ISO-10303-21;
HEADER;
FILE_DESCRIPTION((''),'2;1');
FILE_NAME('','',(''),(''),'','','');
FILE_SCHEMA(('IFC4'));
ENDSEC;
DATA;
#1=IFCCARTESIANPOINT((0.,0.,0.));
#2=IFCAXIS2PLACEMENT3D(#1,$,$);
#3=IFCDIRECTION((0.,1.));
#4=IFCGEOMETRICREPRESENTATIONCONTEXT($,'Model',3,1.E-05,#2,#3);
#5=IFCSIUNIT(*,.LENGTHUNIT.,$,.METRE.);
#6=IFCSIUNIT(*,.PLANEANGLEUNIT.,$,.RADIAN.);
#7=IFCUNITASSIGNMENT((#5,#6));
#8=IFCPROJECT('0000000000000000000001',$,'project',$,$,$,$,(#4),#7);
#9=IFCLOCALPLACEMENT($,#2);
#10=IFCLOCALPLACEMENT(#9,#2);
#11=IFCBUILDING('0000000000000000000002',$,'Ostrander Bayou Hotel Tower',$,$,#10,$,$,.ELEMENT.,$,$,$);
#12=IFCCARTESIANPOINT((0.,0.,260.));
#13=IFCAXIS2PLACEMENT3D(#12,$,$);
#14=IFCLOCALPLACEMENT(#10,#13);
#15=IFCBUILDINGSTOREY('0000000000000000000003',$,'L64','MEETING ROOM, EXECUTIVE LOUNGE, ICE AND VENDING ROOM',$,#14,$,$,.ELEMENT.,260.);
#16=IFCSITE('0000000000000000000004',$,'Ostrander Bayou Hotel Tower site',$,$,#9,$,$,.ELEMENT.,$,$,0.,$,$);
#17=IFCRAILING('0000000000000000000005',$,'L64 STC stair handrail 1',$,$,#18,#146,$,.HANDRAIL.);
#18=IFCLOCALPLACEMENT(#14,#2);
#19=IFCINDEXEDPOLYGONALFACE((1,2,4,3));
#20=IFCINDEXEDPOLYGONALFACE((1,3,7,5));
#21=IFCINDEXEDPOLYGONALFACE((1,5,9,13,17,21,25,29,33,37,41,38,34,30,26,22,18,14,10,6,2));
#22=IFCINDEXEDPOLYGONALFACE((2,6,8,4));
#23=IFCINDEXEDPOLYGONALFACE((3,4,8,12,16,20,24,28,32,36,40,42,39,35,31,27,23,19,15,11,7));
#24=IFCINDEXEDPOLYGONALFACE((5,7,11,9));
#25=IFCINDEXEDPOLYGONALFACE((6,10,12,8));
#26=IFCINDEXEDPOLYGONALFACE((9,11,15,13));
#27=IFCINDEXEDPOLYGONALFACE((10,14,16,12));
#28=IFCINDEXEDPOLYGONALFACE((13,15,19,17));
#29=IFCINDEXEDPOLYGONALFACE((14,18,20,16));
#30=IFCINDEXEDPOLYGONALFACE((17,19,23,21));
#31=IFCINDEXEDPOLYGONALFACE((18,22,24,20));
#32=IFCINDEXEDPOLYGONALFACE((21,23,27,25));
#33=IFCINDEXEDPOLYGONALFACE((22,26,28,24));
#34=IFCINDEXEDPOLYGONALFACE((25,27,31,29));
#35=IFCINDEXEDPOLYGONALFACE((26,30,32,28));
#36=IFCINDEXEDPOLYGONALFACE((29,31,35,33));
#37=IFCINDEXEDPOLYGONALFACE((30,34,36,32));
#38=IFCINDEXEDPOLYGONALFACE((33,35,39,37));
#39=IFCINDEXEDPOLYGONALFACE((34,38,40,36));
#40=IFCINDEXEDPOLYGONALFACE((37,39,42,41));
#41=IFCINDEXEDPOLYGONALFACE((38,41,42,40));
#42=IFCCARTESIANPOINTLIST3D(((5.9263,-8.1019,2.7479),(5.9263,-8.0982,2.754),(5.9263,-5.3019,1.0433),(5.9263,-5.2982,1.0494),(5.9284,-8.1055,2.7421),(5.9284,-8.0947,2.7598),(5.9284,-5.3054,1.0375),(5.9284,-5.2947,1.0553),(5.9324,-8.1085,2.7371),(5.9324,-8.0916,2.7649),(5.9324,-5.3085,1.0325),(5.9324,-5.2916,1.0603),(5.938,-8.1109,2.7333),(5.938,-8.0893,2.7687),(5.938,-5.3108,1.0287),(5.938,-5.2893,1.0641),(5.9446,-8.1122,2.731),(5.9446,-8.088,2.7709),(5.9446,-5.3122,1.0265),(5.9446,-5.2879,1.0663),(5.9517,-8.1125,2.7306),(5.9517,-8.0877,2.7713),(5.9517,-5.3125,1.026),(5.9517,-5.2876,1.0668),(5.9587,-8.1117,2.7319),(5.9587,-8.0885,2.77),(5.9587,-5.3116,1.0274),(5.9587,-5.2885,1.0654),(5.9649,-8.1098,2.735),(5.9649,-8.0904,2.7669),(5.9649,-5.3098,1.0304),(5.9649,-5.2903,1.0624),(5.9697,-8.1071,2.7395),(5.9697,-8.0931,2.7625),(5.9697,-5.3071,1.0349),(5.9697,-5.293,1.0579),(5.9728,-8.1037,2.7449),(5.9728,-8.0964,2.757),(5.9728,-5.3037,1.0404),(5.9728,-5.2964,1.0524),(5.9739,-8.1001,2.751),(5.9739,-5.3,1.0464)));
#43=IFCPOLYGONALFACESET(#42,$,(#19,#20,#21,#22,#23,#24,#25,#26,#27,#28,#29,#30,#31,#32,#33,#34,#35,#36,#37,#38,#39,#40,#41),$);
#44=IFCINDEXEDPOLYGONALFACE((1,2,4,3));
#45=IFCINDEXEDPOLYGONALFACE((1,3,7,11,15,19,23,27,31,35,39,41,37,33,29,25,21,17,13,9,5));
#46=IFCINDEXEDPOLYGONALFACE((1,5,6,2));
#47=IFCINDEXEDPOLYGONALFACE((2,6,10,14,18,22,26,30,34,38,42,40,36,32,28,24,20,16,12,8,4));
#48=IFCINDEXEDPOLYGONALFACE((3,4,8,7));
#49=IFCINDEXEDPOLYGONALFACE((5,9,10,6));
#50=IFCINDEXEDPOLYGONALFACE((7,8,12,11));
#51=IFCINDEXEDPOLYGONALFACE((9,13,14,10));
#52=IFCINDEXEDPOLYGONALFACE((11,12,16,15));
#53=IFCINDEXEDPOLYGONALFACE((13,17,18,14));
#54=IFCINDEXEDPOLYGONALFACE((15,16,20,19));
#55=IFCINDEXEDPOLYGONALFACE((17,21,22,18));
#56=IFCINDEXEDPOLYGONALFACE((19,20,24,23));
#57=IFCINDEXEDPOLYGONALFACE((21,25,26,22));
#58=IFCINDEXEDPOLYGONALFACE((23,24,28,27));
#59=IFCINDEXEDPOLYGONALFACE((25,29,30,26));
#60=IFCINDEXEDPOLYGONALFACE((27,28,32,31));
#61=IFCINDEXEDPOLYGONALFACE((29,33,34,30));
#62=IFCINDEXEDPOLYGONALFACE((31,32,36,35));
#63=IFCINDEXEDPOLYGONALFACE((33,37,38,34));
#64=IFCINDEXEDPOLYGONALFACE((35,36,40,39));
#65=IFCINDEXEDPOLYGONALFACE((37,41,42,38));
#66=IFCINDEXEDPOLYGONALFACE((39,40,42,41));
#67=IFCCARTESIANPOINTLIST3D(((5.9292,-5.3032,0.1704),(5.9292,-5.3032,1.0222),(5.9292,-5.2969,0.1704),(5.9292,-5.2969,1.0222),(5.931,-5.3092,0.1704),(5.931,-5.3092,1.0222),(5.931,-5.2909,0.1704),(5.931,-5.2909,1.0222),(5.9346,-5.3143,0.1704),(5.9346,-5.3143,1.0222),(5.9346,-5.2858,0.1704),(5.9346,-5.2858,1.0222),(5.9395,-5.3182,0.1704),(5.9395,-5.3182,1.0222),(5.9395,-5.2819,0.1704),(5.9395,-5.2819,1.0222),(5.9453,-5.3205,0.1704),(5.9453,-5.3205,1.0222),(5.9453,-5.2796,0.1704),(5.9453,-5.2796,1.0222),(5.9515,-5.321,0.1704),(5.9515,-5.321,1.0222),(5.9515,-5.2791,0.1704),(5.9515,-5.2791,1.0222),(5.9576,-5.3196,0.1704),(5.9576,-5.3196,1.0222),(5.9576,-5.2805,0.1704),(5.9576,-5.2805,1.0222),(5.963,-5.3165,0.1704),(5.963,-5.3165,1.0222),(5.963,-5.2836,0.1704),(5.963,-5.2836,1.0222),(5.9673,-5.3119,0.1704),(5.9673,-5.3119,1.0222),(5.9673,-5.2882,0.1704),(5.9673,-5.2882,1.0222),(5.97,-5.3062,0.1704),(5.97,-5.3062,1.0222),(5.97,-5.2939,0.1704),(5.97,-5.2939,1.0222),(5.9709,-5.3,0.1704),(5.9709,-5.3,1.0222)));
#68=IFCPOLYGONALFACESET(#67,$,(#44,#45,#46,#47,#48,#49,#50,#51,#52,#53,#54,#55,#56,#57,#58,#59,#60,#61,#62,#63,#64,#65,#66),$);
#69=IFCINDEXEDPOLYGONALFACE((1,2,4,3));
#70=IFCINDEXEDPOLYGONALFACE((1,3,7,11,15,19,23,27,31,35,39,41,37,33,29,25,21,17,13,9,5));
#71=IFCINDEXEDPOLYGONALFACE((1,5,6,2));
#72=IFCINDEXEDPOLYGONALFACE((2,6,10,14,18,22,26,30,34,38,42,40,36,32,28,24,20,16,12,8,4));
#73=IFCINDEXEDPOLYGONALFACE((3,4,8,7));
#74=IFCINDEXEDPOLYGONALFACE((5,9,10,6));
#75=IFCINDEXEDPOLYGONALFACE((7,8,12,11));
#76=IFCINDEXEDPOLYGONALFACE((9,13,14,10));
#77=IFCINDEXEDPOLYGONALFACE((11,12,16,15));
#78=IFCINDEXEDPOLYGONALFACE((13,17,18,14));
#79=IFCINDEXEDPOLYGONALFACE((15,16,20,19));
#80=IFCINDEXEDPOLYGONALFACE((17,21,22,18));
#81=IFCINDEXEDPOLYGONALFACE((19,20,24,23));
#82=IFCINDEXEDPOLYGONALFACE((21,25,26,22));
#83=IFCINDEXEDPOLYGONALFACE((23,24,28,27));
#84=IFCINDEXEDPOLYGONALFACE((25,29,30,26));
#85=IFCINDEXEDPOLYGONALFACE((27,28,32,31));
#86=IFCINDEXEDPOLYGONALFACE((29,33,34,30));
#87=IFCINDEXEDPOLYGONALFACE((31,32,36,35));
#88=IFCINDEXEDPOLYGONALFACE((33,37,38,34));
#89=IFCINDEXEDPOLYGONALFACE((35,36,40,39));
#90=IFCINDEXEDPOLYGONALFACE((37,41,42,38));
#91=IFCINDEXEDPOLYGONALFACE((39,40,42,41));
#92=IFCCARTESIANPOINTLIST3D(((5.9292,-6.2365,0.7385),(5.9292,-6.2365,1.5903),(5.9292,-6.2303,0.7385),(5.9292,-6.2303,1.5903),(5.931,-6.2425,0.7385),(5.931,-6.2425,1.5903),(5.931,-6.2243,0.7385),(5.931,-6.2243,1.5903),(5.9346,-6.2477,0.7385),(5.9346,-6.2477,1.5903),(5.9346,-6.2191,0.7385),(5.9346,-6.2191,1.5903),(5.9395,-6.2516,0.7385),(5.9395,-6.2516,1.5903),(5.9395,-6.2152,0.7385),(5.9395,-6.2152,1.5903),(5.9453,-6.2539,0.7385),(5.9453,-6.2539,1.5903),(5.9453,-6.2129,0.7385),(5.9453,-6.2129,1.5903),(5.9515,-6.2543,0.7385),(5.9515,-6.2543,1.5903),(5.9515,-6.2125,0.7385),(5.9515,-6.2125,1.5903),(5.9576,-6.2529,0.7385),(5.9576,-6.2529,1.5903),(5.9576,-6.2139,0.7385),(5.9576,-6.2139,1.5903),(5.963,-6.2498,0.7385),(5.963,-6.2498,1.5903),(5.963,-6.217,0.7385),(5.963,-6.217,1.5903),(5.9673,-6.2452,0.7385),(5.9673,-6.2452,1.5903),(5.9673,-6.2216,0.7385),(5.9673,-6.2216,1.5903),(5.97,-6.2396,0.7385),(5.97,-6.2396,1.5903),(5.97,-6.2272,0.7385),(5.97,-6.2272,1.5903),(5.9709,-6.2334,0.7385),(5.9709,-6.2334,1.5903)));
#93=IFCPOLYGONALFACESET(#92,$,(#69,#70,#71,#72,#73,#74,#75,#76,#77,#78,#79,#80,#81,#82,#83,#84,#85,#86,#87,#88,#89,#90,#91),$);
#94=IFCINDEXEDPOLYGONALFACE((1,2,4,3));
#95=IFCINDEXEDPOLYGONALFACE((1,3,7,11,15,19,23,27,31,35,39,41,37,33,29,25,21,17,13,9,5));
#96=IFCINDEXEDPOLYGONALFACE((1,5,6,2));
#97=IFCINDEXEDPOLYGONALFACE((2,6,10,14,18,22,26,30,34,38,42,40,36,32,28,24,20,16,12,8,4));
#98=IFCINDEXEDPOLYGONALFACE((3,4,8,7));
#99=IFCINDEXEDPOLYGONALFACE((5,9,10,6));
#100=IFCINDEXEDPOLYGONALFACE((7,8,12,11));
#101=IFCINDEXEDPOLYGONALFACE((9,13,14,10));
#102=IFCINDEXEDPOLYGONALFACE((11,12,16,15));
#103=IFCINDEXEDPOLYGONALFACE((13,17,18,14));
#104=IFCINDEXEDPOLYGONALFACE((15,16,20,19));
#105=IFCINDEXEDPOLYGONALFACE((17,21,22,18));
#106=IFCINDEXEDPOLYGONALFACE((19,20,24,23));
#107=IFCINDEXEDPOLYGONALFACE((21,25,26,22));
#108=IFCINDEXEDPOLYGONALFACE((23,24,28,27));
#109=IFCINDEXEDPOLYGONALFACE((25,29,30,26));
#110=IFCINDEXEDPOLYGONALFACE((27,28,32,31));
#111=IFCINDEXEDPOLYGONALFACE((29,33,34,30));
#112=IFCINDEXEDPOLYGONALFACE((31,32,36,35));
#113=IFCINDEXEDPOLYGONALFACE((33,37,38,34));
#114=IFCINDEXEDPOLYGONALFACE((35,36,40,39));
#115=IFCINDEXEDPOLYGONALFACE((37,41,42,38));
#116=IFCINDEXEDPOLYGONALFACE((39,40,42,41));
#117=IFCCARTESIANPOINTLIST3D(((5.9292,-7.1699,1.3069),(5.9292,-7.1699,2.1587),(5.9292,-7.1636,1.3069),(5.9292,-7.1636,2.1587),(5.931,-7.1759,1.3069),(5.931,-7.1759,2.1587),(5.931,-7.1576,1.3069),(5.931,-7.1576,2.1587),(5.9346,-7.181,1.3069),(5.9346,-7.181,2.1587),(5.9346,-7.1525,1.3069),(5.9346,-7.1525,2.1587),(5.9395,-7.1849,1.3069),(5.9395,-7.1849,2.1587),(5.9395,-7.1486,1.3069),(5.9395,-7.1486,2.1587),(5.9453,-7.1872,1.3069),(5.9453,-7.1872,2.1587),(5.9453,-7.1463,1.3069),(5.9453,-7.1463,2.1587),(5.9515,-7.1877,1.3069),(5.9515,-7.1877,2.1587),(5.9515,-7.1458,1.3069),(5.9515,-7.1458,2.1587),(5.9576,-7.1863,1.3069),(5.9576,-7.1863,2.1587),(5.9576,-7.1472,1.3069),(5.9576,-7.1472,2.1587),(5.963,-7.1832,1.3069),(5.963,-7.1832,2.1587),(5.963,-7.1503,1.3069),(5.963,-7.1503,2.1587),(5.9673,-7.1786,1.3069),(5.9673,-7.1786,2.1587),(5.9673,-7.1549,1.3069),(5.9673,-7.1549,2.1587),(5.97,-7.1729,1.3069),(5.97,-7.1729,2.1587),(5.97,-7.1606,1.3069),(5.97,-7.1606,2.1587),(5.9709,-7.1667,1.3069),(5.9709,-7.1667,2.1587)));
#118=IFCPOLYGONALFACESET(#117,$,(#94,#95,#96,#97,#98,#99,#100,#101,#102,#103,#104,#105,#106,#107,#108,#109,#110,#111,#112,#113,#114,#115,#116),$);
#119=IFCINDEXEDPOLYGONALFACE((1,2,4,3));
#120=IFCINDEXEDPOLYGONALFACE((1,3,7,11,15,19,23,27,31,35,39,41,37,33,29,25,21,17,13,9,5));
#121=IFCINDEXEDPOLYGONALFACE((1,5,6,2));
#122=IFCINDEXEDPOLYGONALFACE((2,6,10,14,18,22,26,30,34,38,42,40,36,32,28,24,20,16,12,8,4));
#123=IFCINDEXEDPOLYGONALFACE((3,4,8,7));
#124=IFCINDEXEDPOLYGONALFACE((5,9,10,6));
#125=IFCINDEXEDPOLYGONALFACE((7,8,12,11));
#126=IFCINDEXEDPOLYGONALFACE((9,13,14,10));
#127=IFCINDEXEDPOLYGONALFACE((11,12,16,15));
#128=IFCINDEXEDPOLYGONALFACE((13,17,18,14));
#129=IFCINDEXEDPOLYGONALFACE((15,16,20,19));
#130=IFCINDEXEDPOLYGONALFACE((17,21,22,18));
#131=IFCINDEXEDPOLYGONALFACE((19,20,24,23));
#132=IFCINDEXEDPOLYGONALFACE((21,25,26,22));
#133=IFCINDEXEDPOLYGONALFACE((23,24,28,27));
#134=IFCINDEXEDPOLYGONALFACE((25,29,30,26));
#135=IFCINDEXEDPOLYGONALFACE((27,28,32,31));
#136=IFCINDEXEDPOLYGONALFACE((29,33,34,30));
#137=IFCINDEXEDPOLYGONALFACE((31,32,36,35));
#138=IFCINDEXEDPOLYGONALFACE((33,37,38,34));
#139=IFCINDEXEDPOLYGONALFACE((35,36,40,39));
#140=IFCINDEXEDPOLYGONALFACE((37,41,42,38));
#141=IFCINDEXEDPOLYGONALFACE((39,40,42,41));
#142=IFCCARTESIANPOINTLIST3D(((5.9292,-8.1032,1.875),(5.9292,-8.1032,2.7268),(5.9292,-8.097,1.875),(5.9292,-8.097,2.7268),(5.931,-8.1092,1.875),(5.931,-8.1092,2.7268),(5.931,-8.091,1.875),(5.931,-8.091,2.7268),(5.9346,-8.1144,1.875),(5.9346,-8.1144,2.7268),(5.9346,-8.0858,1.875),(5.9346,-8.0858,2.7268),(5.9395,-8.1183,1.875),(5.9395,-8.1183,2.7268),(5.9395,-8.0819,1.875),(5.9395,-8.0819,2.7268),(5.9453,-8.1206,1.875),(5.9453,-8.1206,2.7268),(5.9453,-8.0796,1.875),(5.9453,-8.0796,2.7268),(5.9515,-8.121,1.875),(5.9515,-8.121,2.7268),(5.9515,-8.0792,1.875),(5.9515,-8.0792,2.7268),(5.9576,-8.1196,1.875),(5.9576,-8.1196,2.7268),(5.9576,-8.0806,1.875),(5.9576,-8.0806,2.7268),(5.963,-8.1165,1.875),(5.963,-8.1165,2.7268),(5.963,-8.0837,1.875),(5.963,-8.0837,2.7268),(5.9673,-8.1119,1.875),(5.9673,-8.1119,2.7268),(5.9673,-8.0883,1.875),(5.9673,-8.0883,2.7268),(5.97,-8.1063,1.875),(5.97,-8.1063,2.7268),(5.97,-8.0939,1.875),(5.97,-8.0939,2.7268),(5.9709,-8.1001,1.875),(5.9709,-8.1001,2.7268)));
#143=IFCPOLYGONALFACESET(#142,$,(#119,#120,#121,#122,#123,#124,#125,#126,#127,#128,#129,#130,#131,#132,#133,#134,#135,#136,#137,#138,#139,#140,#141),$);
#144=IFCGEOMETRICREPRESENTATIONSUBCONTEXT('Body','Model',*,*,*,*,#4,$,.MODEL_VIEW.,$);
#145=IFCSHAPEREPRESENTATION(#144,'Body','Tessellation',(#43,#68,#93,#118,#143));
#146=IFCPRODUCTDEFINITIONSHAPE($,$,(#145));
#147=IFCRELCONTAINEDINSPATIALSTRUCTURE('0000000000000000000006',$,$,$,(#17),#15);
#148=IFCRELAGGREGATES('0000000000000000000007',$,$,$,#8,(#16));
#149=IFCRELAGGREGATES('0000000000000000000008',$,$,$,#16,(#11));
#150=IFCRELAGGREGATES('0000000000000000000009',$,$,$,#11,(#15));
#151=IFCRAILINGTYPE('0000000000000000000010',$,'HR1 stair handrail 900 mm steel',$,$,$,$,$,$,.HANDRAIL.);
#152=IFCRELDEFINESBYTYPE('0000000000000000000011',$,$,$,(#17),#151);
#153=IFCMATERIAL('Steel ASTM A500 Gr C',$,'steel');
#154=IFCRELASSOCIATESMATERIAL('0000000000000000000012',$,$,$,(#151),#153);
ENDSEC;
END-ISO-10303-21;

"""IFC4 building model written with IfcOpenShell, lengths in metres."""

from ifc_helpers import new_model, si_unit, direction, frame, origin, origin_2d, place, context, subcontext, project, spatial, circle, extrude, material, type_object, element, save


model = new_model("IFC4")

# Units and contexts
model_context = context("Model", 3, precision=1e-05, world=origin(), true_north=direction((0.0, 1.0)))
body_context = subcontext(model_context, "Body", "Model", "MODEL_VIEW")
ifc_project = project(units=[si_unit("LENGTHUNIT", "METRE"), si_unit("PLANEANGLEUNIT", "RADIAN")], contexts=[model_context])

# Site, building, storey
site_placement = place(None, origin())
site = spatial("IfcSite", under=ifc_project, at=site_placement, Name="Ostrander Bayou Hotel Tower site", CompositionType="ELEMENT", RefElevation=0.0)
building_placement = place(site_placement, origin())
building = spatial("IfcBuilding", under=site, at=building_placement, Name="Ostrander Bayou Hotel Tower", CompositionType="ELEMENT")
storey_placement = place(building_placement, frame((0.0, 0.0, 260.0)))
storey = spatial("IfcBuildingStorey", under=building, at=storey_placement, Name="L64", Description="MEETING ROOM, EXECUTIVE LOUNGE, ICE AND VENDING ROOM", CompositionType="ELEMENT", Elevation=260.0)

# Railing
ifc_material_1 = material(Name="Steel ASTM A500 Gr C", Category="steel")
railing_type_1 = type_object("IfcRailingType", Name="HR1 stair handrail 900 mm steel", PredefinedType="HANDRAIL", material=ifc_material_1)
railing_1_placement = place(storey_placement, frame((5.95, -5.3, 0.1704)))
element("IfcRailing", 1, at=railing_1_placement, inside=storey, type_object=railing_type_1, Name="L64 STC stair handrail 1", PredefinedType="HANDRAIL", context=body_context, shape_type="SweptSolid", body=[
    extrude(circle(Radius=0.0239, at=origin_2d()), frame((0.0, 0.0, 0.876), z_axis=(0.0, -0.85417, 0.519994), x_axis=(1.0, 0.0, 0.0)), (0.0, 0.0, 1.0), 3.2781),
    extrude(circle(Radius=0.021, at=origin_2d()), origin(), (0.0, 0.0, 1.0), 0.8518),
    extrude(circle(Radius=0.021, at=origin_2d()), frame((0.0, -0.9333, 0.5681)), (0.0, 0.0, 1.0), 0.8518),
    extrude(circle(Radius=0.021, at=origin_2d()), frame((0.0, -1.8667, 1.1365)), (0.0, 0.0, 1.0), 0.8518),
    extrude(circle(Radius=0.021, at=origin_2d()), frame((0.0, -2.8, 1.7046)), (0.0, 0.0, 1.0), 0.8518),
])

save(model, "model.ifc")
